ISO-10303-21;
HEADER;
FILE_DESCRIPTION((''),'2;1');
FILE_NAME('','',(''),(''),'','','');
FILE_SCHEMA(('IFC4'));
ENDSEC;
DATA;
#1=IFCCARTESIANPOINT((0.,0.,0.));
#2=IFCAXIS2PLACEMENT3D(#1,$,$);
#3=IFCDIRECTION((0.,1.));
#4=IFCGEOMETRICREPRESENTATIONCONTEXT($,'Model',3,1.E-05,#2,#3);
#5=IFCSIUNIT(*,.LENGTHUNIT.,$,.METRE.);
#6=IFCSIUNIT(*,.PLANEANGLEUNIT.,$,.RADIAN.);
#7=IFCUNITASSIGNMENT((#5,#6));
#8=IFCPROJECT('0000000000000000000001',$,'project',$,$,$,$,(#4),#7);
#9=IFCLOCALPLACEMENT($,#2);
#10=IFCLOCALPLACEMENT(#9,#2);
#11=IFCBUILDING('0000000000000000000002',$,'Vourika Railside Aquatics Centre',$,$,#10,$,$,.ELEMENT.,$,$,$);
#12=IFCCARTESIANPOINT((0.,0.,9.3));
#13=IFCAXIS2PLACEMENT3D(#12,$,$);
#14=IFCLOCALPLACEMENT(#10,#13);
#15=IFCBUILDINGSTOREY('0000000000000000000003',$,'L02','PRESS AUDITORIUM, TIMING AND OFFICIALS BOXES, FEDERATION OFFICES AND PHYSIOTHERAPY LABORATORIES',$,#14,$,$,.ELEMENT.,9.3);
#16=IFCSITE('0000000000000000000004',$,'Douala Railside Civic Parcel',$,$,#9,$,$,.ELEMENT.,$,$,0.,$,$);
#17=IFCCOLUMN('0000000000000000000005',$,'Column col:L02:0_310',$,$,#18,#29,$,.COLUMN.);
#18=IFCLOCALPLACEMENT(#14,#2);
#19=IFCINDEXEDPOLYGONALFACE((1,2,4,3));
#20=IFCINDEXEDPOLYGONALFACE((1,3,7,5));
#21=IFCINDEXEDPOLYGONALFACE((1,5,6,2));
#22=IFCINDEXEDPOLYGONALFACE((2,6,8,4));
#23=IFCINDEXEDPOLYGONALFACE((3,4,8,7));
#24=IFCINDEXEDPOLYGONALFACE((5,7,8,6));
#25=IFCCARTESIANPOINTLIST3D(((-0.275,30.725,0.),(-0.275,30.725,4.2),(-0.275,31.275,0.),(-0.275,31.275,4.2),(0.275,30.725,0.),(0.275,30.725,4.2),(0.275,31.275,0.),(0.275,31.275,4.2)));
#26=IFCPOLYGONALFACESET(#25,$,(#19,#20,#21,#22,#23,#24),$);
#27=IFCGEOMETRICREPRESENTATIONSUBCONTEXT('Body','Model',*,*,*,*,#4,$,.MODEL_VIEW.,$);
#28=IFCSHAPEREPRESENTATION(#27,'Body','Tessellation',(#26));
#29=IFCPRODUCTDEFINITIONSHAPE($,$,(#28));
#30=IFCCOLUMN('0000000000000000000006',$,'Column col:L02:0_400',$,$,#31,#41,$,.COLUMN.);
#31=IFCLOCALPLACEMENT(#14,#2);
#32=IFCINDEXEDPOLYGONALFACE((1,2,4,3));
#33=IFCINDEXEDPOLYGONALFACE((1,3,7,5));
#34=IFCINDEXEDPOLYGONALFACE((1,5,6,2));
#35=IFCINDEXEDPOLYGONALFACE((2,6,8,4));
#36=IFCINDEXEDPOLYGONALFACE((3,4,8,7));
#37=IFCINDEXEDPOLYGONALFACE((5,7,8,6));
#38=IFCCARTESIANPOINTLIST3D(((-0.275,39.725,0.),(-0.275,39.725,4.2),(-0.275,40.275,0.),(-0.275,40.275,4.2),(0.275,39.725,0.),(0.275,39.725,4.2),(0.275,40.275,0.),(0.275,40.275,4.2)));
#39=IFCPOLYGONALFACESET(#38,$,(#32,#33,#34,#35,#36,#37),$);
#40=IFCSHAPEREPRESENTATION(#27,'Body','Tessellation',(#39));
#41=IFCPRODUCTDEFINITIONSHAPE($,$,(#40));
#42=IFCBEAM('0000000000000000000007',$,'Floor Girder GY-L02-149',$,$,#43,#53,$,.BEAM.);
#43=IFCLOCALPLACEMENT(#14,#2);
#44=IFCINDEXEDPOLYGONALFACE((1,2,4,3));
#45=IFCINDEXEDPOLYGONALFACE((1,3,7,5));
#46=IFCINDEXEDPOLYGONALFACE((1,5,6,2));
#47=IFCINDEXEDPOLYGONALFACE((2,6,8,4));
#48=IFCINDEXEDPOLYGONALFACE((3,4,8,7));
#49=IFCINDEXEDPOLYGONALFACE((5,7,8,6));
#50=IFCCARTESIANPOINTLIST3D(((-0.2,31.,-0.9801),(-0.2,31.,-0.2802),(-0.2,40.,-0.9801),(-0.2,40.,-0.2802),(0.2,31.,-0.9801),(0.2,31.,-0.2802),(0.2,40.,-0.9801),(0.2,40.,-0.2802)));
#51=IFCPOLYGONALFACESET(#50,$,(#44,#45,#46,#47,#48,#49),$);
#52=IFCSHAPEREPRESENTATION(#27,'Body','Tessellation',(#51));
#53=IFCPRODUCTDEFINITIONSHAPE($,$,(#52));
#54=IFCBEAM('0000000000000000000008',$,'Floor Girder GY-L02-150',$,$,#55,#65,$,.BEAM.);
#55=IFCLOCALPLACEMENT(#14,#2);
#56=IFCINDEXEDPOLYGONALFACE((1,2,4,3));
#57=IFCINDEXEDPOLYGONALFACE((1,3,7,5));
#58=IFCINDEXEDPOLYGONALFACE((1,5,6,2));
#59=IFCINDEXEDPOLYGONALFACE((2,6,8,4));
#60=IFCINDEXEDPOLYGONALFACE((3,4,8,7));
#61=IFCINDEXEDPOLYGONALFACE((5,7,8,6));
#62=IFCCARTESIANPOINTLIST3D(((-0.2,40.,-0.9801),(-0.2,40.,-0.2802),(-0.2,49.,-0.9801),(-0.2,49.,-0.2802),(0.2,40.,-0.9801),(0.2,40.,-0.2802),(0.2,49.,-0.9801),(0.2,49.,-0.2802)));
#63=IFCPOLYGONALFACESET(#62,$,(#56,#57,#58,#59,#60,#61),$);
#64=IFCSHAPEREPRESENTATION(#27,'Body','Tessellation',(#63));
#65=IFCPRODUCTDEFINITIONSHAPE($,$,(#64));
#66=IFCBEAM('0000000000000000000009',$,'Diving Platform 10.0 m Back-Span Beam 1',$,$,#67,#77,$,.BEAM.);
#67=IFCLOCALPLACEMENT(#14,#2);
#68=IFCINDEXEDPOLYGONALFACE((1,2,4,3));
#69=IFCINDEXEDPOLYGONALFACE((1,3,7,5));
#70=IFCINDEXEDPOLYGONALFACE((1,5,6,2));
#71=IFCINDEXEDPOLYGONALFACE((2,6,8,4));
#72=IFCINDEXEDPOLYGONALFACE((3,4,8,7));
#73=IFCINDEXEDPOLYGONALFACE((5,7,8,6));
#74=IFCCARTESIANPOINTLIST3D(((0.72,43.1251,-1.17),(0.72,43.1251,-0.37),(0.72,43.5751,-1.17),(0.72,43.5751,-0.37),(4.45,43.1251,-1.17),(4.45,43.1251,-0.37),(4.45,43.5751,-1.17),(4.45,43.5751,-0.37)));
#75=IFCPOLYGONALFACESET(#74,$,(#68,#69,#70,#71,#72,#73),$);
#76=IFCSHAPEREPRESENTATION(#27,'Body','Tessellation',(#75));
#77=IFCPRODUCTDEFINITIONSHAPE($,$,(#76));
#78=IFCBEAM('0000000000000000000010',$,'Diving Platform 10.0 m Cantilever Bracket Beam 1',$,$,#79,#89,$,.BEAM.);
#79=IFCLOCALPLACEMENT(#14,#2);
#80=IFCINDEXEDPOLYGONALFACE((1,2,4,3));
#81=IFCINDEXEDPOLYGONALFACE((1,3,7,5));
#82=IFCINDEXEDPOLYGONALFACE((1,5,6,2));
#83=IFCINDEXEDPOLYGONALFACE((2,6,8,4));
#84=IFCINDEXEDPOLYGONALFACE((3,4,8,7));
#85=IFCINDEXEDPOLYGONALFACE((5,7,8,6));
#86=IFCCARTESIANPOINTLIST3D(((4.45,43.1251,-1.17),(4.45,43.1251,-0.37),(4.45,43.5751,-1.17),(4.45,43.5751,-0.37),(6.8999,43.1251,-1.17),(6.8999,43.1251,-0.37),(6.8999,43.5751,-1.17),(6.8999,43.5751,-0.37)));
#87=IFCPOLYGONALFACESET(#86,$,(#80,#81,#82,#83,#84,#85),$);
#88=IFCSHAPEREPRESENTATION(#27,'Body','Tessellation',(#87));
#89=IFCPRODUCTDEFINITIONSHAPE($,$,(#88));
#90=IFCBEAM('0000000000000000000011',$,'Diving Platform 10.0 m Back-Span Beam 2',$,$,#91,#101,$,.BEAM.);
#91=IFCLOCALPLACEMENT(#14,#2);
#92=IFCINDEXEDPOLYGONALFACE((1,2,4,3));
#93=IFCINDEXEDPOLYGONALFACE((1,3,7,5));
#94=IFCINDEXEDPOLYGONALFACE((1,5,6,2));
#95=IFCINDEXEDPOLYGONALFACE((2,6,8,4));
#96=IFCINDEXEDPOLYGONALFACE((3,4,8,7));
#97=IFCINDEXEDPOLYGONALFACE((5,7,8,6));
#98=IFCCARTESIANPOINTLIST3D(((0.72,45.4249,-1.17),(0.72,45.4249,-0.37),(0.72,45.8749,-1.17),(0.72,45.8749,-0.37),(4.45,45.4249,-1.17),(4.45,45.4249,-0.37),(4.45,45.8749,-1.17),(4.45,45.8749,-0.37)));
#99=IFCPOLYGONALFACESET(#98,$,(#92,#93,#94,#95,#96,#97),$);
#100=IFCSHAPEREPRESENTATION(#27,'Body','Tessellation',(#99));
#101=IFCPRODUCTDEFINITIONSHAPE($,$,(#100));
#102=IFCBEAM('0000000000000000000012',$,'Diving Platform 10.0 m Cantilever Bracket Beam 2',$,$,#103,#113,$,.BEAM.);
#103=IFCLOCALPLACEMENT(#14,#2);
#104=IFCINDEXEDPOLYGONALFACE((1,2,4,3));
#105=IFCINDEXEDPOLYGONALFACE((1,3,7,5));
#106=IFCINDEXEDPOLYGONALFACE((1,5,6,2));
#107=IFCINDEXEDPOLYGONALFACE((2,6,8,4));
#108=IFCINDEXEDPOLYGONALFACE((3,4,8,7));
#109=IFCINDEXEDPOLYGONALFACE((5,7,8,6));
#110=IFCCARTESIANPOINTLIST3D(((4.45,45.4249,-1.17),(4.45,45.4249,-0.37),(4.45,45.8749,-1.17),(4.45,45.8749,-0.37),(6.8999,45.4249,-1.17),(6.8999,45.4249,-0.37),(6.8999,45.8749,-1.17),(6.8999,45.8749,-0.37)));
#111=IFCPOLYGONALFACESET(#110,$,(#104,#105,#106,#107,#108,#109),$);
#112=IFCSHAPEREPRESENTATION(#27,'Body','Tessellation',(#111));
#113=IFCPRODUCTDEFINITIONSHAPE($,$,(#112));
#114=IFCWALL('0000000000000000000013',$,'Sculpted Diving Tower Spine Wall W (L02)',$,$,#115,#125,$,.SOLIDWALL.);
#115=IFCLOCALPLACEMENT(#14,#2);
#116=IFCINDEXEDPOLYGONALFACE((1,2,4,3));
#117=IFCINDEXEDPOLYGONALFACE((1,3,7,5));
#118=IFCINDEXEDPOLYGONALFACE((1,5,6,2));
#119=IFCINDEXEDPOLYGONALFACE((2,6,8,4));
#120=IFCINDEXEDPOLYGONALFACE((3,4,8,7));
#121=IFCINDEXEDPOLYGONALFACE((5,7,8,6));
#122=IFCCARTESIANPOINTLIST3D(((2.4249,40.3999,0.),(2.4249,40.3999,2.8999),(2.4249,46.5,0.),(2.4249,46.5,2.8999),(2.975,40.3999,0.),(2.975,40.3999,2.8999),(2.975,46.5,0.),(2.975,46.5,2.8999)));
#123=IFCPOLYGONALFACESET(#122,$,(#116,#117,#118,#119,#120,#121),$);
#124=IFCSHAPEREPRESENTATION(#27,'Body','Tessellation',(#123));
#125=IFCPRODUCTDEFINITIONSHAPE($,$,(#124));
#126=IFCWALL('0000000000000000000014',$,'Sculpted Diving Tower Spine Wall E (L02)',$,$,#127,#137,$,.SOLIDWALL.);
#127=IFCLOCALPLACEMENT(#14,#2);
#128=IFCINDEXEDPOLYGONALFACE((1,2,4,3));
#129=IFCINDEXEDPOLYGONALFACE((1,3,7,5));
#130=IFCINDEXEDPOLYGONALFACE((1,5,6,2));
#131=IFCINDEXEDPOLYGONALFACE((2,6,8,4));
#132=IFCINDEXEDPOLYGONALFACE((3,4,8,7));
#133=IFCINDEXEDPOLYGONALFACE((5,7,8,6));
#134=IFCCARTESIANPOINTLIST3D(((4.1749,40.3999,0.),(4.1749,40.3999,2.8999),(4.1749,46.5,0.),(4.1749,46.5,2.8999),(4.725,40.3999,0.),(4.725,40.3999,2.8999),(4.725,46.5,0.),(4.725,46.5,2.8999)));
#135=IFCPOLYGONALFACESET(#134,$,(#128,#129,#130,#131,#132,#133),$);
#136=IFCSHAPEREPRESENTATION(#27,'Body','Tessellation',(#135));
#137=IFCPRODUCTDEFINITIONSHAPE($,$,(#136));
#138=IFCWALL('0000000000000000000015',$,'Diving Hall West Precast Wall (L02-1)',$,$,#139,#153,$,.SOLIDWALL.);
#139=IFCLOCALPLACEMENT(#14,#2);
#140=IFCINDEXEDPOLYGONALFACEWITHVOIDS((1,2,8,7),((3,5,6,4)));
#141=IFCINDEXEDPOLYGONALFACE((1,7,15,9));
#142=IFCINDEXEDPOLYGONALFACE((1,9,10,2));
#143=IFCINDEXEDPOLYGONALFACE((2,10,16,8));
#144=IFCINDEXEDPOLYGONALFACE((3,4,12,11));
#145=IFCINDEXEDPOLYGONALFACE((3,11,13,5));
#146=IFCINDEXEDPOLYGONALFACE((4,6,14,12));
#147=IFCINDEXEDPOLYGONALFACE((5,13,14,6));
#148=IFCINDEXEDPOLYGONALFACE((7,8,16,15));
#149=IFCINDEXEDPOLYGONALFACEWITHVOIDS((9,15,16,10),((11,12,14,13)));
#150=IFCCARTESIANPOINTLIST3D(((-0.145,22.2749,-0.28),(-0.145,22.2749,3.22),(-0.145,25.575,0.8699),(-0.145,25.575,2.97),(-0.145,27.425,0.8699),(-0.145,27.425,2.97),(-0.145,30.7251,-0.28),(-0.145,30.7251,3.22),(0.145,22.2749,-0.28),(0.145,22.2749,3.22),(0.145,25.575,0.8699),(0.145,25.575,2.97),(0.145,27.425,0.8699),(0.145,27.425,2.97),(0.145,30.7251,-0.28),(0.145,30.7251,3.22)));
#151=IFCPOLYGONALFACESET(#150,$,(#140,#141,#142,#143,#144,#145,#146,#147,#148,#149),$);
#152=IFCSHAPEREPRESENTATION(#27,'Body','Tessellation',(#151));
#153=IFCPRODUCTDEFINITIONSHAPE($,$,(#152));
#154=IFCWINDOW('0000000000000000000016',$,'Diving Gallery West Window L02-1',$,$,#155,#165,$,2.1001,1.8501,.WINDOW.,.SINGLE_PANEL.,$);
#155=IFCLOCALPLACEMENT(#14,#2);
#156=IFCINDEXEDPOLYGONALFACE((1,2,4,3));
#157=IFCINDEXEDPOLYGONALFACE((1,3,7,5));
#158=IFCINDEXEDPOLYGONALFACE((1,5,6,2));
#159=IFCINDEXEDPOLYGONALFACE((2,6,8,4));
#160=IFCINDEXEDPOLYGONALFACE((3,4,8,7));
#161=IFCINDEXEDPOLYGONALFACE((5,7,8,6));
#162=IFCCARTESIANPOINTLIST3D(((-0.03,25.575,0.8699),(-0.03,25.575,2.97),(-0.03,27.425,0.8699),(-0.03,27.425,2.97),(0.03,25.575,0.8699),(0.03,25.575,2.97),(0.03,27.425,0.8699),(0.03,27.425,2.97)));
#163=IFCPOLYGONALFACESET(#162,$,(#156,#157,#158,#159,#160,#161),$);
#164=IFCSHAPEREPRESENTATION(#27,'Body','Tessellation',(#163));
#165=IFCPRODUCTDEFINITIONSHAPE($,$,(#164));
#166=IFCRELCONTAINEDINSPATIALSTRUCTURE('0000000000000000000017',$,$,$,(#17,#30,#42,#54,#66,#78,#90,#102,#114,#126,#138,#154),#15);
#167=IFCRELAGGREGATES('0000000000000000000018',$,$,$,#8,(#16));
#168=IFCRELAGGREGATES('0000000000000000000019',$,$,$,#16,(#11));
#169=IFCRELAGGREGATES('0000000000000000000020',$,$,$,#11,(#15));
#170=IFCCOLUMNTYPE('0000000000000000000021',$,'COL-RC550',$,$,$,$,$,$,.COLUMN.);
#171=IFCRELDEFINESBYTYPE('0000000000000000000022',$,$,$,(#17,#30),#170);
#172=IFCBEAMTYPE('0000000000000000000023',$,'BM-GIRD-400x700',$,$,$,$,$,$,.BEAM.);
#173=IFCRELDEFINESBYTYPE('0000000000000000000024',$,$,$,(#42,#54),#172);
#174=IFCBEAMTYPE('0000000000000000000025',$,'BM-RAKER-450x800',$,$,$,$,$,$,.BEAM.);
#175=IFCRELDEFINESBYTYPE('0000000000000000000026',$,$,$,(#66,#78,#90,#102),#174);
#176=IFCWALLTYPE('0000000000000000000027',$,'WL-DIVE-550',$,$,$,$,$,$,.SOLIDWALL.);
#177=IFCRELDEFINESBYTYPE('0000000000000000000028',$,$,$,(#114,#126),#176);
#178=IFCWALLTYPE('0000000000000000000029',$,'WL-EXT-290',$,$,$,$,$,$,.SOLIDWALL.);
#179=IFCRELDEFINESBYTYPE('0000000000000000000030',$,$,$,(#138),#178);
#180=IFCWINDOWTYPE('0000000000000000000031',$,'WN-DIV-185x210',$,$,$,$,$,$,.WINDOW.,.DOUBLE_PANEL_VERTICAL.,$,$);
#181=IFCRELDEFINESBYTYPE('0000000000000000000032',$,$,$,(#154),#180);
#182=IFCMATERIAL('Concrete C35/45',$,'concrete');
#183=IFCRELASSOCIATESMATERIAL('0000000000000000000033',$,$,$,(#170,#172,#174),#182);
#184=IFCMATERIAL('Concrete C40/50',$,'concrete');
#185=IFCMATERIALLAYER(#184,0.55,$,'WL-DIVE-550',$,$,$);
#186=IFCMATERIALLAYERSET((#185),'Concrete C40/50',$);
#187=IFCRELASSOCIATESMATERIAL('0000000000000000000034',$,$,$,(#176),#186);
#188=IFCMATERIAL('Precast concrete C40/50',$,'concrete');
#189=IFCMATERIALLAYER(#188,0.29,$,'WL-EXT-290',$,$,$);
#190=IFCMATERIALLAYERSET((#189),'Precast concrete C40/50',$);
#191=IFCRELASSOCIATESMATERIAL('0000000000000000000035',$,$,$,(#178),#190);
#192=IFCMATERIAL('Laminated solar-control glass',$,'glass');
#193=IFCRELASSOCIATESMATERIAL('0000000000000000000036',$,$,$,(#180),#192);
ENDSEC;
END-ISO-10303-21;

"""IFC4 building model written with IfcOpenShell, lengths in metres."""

from ifc_helpers import new_model, si_unit, direction, frame, frame_2d, origin, origin_2d, place, context, subcontext, project, spatial, rectangle, extrude, material, layer, layer_set, material_profile, profile_set, type_object, element, fill, save


model = new_model("IFC4")

# Units and contexts
model_context = context("Model", 3, precision=1e-05, world=origin(), true_north=direction((0.0, 1.0)))
body_context = subcontext(model_context, "Body", "Model", "MODEL_VIEW")
ifc_project = project(units=[si_unit("LENGTHUNIT", "METRE"), si_unit("PLANEANGLEUNIT", "RADIAN")], contexts=[model_context])

# Site, building, storey
site_placement = place(None, origin())
site = spatial("IfcSite", under=ifc_project, at=site_placement, Name="Douala Railside Civic Parcel", CompositionType="ELEMENT", RefElevation=0.0)
building_placement = place(site_placement, origin())
building = spatial("IfcBuilding", under=site, at=building_placement, Name="Vourika Railside Aquatics Centre", CompositionType="ELEMENT")
storey_placement = place(building_placement, frame((0.0, 0.0, 9.3)))
storey = spatial("IfcBuildingStorey", under=building, at=storey_placement, Name="L02", Description="PRESS AUDITORIUM, TIMING AND OFFICIALS BOXES, FEDERATION OFFICES AND PHYSIOTHERAPY LABORATORIES", CompositionType="ELEMENT", Elevation=9.3)

# Columns
ifc_material_1 = material(Name="Concrete C35/45", Category="concrete")
ifc_material_profile_1 = material_profile(ifc_material_1, rectangle(XDim=0.55, YDim=0.55, at=origin_2d()), Name="RC 550x550")
ifc_profile_set_1 = profile_set([ifc_material_profile_1], Name="Concrete C35/45")
column_type = type_object("IfcColumnType", Name="COL-RC550", PredefinedType="COLUMN", material=ifc_profile_set_1)
for number, where, z_axis, x_axis, name in (
    (1, (0.0, 31.0, 0.0), (0.0, 0.0, 1.0), (1.0, 0.0, 0.0), "Column col:L02:0_310"),
    (2, (0.0, 40.0, 0.0), (0.0, 0.0, 1.0), (1.0, 0.0, 0.0), "Column col:L02:0_400"),
):
    element("IfcColumn", number, at=place(storey_placement, frame(where, z_axis=z_axis, x_axis=x_axis)), inside=storey, type_object=column_type, Name=name, PredefinedType="COLUMN", context=body_context, shape_type="SweptSolid", body=[
        extrude(rectangle(XDim=0.55, YDim=0.55, at=origin_2d()), origin(), (0.0, 0.0, 1.0), 4.2),
    ])

# Beams
ifc_material_profile_2 = material_profile(ifc_material_1, rectangle(XDim=0.3999, YDim=0.7, at=origin_2d()), Name="RC 400x700")
ifc_profile_set_2 = profile_set([ifc_material_profile_2], Name="Concrete C35/45")
beam_type_1 = type_object("IfcBeamType", Name="BM-GIRD-400x700", PredefinedType="BEAM", material=ifc_profile_set_2)
for number, where, z_axis, x_axis, name in (
    (3, (0.0, 31.0, -0.6301), (0.0, 1.0, 0.0), (-1.0, 0.0, 0.0), "Floor Girder GY-L02-149"),
    (4, (0.0, 40.0, -0.6301), (0.0, 1.0, 0.0), (-1.0, 0.0, 0.0), "Floor Girder GY-L02-150"),
):
    element("IfcBeam", number, at=place(storey_placement, frame(where, z_axis=z_axis, x_axis=x_axis)), inside=storey, type_object=beam_type_1, Name=name, PredefinedType="BEAM", context=body_context, shape_type="SweptSolid", body=[
        extrude(rectangle(XDim=0.3999, YDim=0.7, at=origin_2d()), origin(), (0.0, 0.0, 1.0), 9.0),
    ])
ifc_material_profile_3 = material_profile(ifc_material_1, rectangle(XDim=0.45, YDim=0.8, at=origin_2d()), Name="RC 450x800")
ifc_profile_set_3 = profile_set([ifc_material_profile_3], Name="Concrete C35/45")
beam_type_2 = type_object("IfcBeamType", Name="BM-RAKER-450x800", PredefinedType="BEAM", material=ifc_profile_set_3)
beam_1_placement = place(storey_placement, frame((0.72, 43.3501, -0.77), z_axis=(1.0, 0.0, 0.0), x_axis=(0.0, 1.0, 0.0)))
element("IfcBeam", 5, at=beam_1_placement, inside=storey, type_object=beam_type_2, Name="Diving Platform 10.0 m Back-Span Beam 1", PredefinedType="BEAM", context=body_context, shape_type="SweptSolid", body=[
    extrude(rectangle(XDim=0.45, YDim=0.8, at=origin_2d()), origin(), (0.0, 0.0, 1.0), 3.73),
])
beam_2_placement = place(storey_placement, frame((4.45, 43.3501, -0.77), z_axis=(1.0, 0.0, 0.0), x_axis=(0.0, 1.0, 0.0)))
element("IfcBeam", 6, at=beam_2_placement, inside=storey, type_object=beam_type_2, Name="Diving Platform 10.0 m Cantilever Bracket Beam 1", PredefinedType="BEAM", context=body_context, shape_type="SweptSolid", body=[
    extrude(rectangle(XDim=0.45, YDim=0.8, at=origin_2d()), origin(), (0.0, 0.0, 1.0), 2.45),
])
beam_3_placement = place(storey_placement, frame((0.72, 45.6499, -0.77), z_axis=(1.0, 0.0, 0.0), x_axis=(0.0, 1.0, 0.0)))
element("IfcBeam", 7, at=beam_3_placement, inside=storey, type_object=beam_type_2, Name="Diving Platform 10.0 m Back-Span Beam 2", PredefinedType="BEAM", context=body_context, shape_type="SweptSolid", body=[
    extrude(rectangle(XDim=0.45, YDim=0.8, at=origin_2d()), origin(), (0.0, 0.0, 1.0), 3.73),
])
beam_4_placement = place(storey_placement, frame((4.45, 45.6499, -0.77), z_axis=(1.0, 0.0, 0.0), x_axis=(0.0, 1.0, 0.0)))
element("IfcBeam", 8, at=beam_4_placement, inside=storey, type_object=beam_type_2, Name="Diving Platform 10.0 m Cantilever Bracket Beam 2", PredefinedType="BEAM", context=body_context, shape_type="SweptSolid", body=[
    extrude(rectangle(XDim=0.45, YDim=0.8, at=origin_2d()), origin(), (0.0, 0.0, 1.0), 2.45),
])

# Walls
ifc_material_2 = material(Name="Concrete C40/50", Category="concrete")
ifc_layer_1 = layer(ifc_material_2, 0.55, Name="WL-DIVE-550")
ifc_layer_set_1 = layer_set([ifc_layer_1], Name="Concrete C40/50")
wall_type_1 = type_object("IfcWallType", Name="WL-DIVE-550", PredefinedType="SOLIDWALL", material=ifc_layer_set_1)
for number, where, z_axis, x_axis, name in (
    (9, (2.7, 40.3999, 0.0), (0.0, 0.0, 1.0), (0.0, 1.0, 0.0), "Sculpted Diving Tower Spine Wall W (L02)"),
    (10, (4.45, 40.3999, 0.0), (0.0, 0.0, 1.0), (0.0, 1.0, 0.0), "Sculpted Diving Tower Spine Wall E (L02)"),
):
    element("IfcWall", number, at=place(storey_placement, frame(where, z_axis=z_axis, x_axis=x_axis)), inside=storey, type_object=wall_type_1, Name=name, PredefinedType="SOLIDWALL", context=body_context, shape_type="SweptSolid", body=[
        extrude(rectangle(XDim=6.1001, YDim=0.55, at=frame_2d((3.05, 0.0))), origin(), (0.0, 0.0, 1.0), 2.8999),
    ])

# Wall, opening, window
ifc_material_3 = material(Name="Precast concrete C40/50", Category="concrete")
ifc_layer_2 = layer(ifc_material_3, 0.29, Name="WL-EXT-290")
ifc_layer_set_2 = layer_set([ifc_layer_2], Name="Precast concrete C40/50")
wall_type_2 = type_object("IfcWallType", Name="WL-EXT-290", PredefinedType="SOLIDWALL", material=ifc_layer_set_2)
wall_1_placement = place(storey_placement, frame((0.0, 30.7251, -0.28), z_axis=(0.0, 0.0, 1.0), x_axis=(0.0, -1.0, 0.0)))
wall_1 = element("IfcWall", 11, at=wall_1_placement, inside=storey, type_object=wall_type_2, Name="Diving Hall West Precast Wall (L02-1)", PredefinedType="SOLIDWALL", context=body_context, shape_type="SweptSolid", body=[
    extrude(rectangle(XDim=8.4502, YDim=0.29, at=frame_2d((4.2251, 0.0))), origin(), (0.0, 0.0, 1.0), 3.5),
])
opening_1_placement = place(wall_1_placement, frame((3.3, 0.0, 1.1499)))
opening_1 = element("IfcOpeningElement", 12, at=opening_1_placement, cuts=wall_1, PredefinedType="OPENING", context=body_context, shape_type="SweptSolid", body=[
    extrude(rectangle(XDim=1.8501, YDim=2.1001, at=frame_2d((0.925, 1.05))), frame((0.0, 0.155, 0.0), z_axis=(0.0, -1.0, 0.0), x_axis=(1.0, 0.0, 0.0)), (0.0, 0.0, 1.0), 0.3101),
])
ifc_material_4 = material(Name="Laminated solar-control glass", Category="glass")
window_type_1 = type_object("IfcWindowType", Name="WN-DIV-185x210", PartitioningType="DOUBLE_PANEL_VERTICAL", PredefinedType="WINDOW", material=ifc_material_4)
window_1_placement = place(opening_1_placement, origin())
window_1 = element("IfcWindow", 13, at=window_1_placement, inside=storey, type_object=window_type_1, Name="Diving Gallery West Window L02-1", OverallHeight=2.1001, OverallWidth=1.8501, PartitioningType="SINGLE_PANEL", PredefinedType="WINDOW", context=body_context, shape_type="SweptSolid", body=[
    extrude(rectangle(XDim=1.8501, YDim=2.1001, at=frame_2d((0.925, 1.05))), frame((0.0, 0.03, 0.0), z_axis=(0.0, -1.0, 0.0), x_axis=(1.0, 0.0, 0.0)), (0.0, 0.0, 1.0), 0.0601),
])
fill(opening_1, window_1)

save(model, "model.ifc")
